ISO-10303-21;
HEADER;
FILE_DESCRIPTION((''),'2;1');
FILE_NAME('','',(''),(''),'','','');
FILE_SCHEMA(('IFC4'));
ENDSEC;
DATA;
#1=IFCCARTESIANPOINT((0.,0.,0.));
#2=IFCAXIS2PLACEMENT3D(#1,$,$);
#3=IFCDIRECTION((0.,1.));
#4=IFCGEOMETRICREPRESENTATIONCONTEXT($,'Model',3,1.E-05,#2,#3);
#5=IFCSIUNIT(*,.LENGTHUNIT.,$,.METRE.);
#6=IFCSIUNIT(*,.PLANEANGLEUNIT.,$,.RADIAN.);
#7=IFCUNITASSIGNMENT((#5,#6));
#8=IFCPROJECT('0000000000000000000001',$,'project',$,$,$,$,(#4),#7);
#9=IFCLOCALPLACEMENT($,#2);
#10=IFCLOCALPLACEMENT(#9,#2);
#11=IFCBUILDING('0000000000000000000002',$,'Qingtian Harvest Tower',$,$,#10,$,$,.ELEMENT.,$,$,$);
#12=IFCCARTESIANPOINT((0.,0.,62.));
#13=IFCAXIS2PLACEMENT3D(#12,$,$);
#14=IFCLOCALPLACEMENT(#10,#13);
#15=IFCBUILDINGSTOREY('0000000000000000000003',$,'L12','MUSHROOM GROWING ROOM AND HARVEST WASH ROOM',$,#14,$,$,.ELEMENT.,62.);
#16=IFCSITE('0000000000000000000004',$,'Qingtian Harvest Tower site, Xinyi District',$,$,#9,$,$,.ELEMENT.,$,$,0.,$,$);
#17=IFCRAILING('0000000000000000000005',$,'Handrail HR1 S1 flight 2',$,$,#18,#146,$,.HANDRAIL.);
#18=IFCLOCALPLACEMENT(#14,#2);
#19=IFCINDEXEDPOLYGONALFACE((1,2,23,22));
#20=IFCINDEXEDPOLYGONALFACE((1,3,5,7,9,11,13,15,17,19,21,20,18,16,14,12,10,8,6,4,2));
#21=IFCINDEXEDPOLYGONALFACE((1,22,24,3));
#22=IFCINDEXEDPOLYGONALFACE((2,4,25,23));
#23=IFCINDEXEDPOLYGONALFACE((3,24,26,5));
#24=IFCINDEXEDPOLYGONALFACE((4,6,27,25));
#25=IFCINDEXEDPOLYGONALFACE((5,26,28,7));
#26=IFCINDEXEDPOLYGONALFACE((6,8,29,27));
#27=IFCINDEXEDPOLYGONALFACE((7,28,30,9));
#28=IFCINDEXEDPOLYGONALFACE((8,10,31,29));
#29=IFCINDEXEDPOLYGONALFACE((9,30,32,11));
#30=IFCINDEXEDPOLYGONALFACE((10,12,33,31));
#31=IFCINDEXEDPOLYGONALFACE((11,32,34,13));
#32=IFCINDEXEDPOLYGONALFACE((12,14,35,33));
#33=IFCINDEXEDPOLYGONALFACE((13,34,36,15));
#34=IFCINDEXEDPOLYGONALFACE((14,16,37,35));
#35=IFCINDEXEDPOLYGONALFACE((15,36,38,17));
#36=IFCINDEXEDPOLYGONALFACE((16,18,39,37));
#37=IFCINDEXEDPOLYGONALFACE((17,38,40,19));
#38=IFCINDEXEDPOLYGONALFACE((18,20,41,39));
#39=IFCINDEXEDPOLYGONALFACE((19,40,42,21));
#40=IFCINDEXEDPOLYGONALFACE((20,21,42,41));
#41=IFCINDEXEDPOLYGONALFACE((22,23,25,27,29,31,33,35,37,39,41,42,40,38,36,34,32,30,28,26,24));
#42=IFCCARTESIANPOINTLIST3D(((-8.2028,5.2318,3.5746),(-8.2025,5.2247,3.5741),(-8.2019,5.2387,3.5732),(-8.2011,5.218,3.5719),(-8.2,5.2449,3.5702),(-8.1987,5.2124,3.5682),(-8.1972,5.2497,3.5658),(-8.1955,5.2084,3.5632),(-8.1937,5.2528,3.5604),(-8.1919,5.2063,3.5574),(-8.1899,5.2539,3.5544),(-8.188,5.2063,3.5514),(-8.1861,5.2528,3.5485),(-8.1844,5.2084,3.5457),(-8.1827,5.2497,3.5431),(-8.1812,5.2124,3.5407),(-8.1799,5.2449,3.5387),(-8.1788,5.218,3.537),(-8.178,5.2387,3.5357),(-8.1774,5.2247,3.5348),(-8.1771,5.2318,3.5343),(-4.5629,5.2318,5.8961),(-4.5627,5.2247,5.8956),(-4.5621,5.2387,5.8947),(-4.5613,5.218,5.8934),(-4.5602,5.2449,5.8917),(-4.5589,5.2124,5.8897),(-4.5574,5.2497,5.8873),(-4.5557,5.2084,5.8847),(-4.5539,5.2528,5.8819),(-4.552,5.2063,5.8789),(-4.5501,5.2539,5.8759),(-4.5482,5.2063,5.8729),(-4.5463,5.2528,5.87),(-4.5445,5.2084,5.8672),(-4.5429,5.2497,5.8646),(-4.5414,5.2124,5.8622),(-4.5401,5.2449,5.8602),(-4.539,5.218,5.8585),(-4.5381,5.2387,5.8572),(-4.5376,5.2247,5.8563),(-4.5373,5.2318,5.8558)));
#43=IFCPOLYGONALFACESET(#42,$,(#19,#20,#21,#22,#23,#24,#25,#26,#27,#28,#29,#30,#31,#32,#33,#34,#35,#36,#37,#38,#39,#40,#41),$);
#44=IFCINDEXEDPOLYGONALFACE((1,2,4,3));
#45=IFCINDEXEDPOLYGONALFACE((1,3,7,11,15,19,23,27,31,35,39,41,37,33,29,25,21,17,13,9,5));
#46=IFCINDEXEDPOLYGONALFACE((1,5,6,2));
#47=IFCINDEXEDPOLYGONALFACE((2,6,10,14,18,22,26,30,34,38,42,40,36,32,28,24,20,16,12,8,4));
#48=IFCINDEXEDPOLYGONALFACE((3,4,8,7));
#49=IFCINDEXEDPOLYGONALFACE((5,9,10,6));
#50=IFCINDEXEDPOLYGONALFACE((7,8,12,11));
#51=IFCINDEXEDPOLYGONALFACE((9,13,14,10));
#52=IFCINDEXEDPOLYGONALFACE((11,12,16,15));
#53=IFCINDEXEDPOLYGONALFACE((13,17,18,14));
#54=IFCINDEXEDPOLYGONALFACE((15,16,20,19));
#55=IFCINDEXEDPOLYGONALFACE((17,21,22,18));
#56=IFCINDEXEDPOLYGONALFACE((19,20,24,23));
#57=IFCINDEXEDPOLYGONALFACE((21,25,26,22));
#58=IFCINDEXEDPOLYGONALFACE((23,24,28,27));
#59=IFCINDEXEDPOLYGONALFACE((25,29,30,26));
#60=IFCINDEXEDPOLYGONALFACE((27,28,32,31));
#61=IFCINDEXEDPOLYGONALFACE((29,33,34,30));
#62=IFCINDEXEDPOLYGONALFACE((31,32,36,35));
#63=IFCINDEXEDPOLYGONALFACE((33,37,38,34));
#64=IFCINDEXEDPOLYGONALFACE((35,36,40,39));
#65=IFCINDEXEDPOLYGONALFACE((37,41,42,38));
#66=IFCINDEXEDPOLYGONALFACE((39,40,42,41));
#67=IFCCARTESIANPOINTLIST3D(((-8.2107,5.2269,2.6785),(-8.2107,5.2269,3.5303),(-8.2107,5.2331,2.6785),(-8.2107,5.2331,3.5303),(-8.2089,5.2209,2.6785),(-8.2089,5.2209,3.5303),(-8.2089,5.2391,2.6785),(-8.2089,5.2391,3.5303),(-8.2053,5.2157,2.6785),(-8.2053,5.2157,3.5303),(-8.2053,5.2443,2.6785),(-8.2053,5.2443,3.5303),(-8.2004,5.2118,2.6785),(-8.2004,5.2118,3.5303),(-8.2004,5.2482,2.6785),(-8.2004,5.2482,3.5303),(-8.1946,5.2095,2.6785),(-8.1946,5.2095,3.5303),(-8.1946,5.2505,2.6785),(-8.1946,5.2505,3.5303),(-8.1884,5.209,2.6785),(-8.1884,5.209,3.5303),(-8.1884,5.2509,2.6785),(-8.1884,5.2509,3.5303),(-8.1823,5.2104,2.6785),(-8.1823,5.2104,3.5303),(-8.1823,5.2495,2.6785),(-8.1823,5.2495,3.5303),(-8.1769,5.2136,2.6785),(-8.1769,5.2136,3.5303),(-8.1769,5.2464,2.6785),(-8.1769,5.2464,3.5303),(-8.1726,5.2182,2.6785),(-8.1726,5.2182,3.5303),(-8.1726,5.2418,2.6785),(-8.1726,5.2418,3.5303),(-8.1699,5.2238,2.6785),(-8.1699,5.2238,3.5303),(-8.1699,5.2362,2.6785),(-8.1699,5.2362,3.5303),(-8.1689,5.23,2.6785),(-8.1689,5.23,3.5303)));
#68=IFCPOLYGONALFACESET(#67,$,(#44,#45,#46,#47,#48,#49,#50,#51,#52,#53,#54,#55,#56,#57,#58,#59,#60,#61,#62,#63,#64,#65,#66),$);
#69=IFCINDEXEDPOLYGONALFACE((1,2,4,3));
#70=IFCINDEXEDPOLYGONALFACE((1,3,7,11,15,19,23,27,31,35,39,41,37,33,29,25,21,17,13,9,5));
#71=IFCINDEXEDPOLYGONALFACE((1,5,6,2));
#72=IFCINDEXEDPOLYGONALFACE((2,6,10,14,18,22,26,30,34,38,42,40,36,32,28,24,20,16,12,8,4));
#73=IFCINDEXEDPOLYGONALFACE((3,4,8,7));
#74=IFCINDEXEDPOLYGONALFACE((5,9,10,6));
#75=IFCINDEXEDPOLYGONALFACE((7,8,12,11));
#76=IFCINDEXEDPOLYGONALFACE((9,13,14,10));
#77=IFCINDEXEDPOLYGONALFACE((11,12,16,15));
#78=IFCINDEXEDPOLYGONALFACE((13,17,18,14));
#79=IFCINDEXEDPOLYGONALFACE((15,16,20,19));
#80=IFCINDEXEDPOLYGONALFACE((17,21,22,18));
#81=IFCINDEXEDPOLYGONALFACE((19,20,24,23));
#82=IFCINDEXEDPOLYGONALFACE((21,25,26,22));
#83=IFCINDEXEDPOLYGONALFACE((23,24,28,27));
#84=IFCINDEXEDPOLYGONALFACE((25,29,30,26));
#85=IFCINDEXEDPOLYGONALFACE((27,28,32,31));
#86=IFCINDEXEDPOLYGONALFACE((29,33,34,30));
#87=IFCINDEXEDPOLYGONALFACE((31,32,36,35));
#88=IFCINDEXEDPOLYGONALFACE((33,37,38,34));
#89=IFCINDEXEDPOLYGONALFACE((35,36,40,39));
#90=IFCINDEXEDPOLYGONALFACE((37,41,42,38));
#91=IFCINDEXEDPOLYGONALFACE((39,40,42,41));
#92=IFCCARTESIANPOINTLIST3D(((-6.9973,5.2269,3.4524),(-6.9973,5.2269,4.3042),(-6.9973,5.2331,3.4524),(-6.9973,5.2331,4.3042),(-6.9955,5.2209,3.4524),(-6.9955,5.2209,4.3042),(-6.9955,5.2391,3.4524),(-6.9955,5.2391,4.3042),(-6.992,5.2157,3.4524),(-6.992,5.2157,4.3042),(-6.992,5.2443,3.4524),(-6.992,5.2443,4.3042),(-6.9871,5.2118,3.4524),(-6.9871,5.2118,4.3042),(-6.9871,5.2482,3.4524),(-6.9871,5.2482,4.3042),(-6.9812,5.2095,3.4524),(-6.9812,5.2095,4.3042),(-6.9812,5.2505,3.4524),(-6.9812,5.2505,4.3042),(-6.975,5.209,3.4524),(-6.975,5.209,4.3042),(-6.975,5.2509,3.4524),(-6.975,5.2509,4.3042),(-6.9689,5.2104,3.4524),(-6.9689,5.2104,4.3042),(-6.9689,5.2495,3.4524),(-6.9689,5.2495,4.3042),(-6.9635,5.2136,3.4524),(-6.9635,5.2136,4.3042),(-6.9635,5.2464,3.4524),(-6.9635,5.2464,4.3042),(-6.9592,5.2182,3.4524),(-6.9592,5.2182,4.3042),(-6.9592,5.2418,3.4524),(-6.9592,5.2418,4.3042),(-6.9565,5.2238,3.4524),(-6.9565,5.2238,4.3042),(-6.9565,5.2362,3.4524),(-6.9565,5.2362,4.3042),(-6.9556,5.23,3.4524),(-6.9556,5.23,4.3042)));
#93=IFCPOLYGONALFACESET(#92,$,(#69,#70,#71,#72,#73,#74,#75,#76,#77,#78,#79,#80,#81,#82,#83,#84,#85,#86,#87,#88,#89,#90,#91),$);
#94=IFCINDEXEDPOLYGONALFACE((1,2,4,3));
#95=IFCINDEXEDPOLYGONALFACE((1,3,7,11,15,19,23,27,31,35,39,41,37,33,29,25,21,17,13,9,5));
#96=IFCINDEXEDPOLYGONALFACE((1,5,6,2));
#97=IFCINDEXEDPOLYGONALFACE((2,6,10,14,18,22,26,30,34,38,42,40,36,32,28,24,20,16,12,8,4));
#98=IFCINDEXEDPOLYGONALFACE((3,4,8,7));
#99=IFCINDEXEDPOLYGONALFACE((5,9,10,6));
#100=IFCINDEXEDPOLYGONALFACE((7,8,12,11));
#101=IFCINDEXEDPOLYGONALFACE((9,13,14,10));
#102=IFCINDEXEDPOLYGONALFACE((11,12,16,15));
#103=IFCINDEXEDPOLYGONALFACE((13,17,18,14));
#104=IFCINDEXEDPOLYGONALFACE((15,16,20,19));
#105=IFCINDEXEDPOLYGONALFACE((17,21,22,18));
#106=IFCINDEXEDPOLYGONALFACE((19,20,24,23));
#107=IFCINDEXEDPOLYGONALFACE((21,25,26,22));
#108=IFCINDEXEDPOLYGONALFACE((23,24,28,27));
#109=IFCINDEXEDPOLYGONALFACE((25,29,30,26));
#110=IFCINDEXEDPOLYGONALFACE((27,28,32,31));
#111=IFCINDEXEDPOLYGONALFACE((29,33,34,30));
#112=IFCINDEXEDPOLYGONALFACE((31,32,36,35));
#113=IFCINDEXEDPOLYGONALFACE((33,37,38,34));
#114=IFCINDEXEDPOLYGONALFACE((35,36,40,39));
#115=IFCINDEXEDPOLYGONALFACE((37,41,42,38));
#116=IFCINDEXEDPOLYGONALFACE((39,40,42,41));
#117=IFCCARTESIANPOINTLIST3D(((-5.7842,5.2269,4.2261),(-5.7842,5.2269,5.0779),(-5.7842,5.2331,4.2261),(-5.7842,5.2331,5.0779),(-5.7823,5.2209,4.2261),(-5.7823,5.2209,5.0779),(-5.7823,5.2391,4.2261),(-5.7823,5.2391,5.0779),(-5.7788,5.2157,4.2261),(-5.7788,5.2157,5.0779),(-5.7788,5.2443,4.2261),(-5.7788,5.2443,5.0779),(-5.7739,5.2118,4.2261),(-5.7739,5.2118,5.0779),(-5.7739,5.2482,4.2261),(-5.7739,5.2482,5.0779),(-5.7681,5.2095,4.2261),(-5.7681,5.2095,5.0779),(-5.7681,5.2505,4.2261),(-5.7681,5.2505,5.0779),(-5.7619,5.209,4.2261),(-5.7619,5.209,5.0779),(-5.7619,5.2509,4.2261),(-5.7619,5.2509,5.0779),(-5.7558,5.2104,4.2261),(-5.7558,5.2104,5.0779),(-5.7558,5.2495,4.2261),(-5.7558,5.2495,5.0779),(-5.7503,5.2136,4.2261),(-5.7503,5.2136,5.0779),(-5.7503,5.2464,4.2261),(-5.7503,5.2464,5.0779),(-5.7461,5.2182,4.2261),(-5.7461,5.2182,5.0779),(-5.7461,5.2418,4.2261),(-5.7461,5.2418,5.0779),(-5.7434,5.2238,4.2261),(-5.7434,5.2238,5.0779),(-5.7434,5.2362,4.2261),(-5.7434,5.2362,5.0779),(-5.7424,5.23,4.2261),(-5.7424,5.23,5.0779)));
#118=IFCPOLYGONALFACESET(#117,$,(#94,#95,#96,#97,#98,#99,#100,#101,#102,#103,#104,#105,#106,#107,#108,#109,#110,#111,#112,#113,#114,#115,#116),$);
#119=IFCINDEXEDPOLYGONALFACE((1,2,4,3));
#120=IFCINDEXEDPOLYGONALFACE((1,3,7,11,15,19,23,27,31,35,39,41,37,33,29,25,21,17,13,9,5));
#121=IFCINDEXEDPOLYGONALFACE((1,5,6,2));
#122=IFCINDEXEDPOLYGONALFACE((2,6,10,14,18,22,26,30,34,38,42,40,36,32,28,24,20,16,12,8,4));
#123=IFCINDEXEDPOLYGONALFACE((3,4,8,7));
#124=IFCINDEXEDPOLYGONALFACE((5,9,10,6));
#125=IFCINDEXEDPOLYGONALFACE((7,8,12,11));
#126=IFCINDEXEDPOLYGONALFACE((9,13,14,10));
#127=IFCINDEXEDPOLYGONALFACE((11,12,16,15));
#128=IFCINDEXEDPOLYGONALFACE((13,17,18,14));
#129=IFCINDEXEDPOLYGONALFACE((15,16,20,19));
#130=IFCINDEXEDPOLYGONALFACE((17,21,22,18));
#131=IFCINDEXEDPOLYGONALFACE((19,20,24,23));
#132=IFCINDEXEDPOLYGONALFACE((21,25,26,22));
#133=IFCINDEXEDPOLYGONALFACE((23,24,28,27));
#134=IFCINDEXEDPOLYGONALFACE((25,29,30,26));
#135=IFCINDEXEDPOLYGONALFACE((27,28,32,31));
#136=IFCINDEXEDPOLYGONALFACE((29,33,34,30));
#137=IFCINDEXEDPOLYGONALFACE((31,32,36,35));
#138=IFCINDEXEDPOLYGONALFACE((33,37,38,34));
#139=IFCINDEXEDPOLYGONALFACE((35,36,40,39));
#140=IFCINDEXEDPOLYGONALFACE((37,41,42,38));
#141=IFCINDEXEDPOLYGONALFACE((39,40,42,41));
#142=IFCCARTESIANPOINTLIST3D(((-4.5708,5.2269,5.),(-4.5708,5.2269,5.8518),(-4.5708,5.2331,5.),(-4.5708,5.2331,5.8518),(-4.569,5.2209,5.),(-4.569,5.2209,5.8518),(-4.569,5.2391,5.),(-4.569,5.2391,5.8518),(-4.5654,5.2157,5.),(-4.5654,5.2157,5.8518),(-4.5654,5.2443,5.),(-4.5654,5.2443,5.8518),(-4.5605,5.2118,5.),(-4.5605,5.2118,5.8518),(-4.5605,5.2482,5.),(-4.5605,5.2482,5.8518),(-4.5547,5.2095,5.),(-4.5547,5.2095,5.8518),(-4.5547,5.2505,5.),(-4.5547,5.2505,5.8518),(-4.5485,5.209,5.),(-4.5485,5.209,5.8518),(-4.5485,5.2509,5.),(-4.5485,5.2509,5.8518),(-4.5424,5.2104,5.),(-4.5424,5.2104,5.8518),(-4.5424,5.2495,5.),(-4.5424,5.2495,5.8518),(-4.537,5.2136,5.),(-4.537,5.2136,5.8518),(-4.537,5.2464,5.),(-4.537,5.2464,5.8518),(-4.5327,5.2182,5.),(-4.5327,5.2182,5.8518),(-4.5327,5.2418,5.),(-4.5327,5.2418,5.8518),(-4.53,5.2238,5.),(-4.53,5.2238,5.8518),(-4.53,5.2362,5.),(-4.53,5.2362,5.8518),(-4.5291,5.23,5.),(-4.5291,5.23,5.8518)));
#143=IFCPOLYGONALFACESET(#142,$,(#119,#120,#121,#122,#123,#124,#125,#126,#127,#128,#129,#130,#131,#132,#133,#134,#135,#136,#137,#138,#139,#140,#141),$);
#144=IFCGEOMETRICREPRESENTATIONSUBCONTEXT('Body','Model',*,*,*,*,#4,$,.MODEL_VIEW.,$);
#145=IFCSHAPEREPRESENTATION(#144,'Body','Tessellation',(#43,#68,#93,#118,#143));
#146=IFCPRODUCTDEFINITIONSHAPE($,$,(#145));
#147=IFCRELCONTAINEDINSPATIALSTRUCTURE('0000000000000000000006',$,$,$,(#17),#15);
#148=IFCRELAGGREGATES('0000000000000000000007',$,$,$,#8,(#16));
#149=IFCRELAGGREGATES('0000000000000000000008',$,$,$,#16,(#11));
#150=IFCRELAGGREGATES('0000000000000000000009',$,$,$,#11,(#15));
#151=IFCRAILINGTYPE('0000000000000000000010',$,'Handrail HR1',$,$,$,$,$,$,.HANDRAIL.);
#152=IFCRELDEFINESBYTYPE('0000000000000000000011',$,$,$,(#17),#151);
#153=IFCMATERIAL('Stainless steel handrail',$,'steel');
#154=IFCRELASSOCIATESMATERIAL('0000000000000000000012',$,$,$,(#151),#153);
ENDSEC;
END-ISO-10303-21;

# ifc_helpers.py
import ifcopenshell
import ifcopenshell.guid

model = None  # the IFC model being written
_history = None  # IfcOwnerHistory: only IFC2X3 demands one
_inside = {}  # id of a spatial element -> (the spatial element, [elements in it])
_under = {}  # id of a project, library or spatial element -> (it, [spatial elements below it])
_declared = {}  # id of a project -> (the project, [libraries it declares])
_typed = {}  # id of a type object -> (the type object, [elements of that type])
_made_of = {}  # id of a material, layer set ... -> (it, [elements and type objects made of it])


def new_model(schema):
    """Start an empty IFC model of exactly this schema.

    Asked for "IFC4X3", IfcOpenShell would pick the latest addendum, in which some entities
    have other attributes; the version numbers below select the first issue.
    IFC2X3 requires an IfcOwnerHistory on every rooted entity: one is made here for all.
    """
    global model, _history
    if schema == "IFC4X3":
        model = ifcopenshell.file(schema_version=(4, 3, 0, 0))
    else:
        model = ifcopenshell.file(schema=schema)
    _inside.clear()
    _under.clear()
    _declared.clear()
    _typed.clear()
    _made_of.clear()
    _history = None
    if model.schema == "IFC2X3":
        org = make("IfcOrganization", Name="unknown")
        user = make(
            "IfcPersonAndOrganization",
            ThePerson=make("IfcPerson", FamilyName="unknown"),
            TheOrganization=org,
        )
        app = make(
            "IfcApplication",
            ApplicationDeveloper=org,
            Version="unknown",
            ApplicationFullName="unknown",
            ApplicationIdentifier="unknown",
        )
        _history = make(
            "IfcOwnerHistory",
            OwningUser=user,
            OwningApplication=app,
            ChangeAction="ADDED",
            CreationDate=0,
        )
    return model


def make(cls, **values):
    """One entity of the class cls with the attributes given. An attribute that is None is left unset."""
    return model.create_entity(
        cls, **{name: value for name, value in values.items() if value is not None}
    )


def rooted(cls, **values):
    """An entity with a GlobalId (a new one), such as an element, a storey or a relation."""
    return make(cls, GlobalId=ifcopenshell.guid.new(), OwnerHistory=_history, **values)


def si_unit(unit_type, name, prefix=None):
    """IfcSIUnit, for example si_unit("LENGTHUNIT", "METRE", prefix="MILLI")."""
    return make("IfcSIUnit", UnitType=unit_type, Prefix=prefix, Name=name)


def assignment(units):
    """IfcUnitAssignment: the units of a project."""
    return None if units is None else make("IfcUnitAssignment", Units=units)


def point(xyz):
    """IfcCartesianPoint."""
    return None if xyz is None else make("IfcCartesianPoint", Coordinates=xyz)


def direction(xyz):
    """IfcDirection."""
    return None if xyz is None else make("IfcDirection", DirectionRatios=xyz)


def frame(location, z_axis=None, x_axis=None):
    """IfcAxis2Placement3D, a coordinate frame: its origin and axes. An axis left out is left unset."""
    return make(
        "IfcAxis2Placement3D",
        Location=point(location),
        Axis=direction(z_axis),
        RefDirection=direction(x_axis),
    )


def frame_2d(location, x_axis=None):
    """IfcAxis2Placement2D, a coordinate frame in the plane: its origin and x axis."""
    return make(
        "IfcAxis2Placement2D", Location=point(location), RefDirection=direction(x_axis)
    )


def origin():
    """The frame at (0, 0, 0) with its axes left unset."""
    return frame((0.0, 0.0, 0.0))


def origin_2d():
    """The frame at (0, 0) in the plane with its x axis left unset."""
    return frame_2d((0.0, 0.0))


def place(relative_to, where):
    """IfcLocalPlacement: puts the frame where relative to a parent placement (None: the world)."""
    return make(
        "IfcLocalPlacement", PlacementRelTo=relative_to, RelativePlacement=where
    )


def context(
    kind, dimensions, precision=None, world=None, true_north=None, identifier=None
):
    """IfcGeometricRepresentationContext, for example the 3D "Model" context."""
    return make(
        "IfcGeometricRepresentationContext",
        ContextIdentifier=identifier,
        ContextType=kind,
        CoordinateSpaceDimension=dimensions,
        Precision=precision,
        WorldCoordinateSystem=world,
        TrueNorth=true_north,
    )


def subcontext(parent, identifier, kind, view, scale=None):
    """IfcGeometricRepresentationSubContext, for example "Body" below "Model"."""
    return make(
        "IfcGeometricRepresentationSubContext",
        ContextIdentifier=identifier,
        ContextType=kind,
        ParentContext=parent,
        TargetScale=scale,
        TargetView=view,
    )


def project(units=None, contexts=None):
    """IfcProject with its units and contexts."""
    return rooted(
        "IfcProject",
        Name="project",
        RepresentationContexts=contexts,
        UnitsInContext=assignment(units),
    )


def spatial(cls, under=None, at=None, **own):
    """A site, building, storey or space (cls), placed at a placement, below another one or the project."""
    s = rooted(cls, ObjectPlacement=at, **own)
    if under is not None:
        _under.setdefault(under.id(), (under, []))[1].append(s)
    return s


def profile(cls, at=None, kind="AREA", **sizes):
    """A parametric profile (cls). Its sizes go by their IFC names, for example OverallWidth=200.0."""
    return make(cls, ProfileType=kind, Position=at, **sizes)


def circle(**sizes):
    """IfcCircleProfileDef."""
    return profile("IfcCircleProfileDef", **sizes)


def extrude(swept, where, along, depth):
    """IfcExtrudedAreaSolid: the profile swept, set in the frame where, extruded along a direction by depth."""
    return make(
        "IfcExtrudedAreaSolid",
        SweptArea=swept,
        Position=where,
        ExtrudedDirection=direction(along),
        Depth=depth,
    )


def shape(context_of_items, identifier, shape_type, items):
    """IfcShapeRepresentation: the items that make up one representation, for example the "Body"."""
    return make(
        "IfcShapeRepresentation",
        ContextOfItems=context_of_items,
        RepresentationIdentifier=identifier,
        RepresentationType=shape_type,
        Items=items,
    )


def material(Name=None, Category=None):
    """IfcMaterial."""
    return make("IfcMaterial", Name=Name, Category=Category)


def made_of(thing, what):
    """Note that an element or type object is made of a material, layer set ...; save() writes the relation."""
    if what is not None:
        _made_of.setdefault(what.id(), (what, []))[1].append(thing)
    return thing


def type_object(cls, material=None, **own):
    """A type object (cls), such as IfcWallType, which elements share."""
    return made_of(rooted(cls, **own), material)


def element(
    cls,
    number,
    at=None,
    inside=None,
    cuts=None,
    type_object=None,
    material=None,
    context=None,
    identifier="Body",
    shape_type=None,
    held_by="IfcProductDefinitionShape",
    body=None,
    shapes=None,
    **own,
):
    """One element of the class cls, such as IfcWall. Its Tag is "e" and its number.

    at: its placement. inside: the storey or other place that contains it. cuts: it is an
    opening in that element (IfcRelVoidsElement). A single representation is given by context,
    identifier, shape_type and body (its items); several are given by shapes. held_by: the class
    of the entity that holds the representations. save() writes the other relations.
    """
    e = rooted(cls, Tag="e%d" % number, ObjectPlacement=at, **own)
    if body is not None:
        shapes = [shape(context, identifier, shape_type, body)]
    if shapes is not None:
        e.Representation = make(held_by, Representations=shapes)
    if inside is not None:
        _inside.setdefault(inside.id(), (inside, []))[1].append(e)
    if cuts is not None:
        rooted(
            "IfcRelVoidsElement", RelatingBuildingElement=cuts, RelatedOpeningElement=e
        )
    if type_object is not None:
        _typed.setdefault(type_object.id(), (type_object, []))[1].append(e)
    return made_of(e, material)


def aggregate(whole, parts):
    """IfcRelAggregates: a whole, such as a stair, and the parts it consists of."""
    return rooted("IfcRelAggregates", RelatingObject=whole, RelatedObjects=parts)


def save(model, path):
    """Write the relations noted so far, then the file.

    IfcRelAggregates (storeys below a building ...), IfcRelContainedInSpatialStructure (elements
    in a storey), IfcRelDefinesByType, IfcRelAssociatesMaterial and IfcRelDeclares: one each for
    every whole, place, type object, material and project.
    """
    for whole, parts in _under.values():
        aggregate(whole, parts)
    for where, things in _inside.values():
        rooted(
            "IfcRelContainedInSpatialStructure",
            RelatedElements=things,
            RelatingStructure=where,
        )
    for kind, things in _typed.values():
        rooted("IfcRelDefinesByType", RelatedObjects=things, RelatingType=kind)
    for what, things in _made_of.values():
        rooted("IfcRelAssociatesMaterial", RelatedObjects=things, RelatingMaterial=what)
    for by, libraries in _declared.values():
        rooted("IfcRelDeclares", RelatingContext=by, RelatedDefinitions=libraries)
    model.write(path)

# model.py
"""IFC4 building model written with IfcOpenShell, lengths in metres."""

from ifc_helpers import new_model, si_unit, direction, frame, origin, origin_2d, place, context, subcontext, project, spatial, circle, extrude, material, type_object, element, save


model = new_model("IFC4")

# Units and contexts
model_context = context("Model", 3, precision=1e-05, world=origin(), true_north=direction((0.0, 1.0)))
body_context = subcontext(model_context, "Body", "Model", "MODEL_VIEW")
ifc_project = project(units=[si_unit("LENGTHUNIT", "METRE"), si_unit("PLANEANGLEUNIT", "RADIAN")], contexts=[model_context])

# Site, building, storey
site_placement = place(None, origin())
site = spatial("IfcSite", under=ifc_project, at=site_placement, Name="Qingtian Harvest Tower site, Xinyi District", CompositionType="ELEMENT", RefElevation=0.0)
building_placement = place(site_placement, origin())
building = spatial("IfcBuilding", under=site, at=building_placement, Name="Qingtian Harvest Tower", CompositionType="ELEMENT")
storey_placement = place(building_placement, frame((0.0, 0.0, 62.0)))
storey = spatial("IfcBuildingStorey", under=building, at=storey_placement, Name="L12", Description="MUSHROOM GROWING ROOM AND HARVEST WASH ROOM", CompositionType="ELEMENT", Elevation=62.0)

# Railing
ifc_material_1 = material(Name="Stainless steel handrail", Category="steel")
railing_type = type_object("IfcRailingType", Name="Handrail HR1", PredefinedType="HANDRAIL", material=ifc_material_1)
railing_1_placement = place(storey_placement, frame((-8.1899, 5.23, 2.6785)))
element("IfcRailing", 1, at=railing_1_placement, inside=storey, type_object=railing_type, Name="Handrail HR1 S1 flight 2", PredefinedType="HANDRAIL", context=body_context, shape_type="SweptSolid", body=[
    extrude(circle(Radius=0.0239, at=origin_2d()), frame((0.0, 0.0, 0.876), z_axis=(0.843112, 0.0, 0.537739), x_axis=(0.0, 1.0, 0.0)), (0.0, 0.0, 1.0), 4.3171),
    extrude(circle(Radius=0.021, at=origin_2d()), origin(), (0.0, 0.0, 1.0), 0.8518),
    extrude(circle(Radius=0.021, at=origin_2d()), frame((1.2134, 0.0, 0.7739)), (0.0, 0.0, 1.0), 0.8518),
    extrude(circle(Radius=0.021, at=origin_2d()), frame((2.4265, 0.0, 1.5476)), (0.0, 0.0, 1.0), 0.8518),
    extrude(circle(Radius=0.021, at=origin_2d()), frame((3.6399, 0.0, 2.3215)), (0.0, 0.0, 1.0), 0.8518),
])

save(model, "model.ifc")
